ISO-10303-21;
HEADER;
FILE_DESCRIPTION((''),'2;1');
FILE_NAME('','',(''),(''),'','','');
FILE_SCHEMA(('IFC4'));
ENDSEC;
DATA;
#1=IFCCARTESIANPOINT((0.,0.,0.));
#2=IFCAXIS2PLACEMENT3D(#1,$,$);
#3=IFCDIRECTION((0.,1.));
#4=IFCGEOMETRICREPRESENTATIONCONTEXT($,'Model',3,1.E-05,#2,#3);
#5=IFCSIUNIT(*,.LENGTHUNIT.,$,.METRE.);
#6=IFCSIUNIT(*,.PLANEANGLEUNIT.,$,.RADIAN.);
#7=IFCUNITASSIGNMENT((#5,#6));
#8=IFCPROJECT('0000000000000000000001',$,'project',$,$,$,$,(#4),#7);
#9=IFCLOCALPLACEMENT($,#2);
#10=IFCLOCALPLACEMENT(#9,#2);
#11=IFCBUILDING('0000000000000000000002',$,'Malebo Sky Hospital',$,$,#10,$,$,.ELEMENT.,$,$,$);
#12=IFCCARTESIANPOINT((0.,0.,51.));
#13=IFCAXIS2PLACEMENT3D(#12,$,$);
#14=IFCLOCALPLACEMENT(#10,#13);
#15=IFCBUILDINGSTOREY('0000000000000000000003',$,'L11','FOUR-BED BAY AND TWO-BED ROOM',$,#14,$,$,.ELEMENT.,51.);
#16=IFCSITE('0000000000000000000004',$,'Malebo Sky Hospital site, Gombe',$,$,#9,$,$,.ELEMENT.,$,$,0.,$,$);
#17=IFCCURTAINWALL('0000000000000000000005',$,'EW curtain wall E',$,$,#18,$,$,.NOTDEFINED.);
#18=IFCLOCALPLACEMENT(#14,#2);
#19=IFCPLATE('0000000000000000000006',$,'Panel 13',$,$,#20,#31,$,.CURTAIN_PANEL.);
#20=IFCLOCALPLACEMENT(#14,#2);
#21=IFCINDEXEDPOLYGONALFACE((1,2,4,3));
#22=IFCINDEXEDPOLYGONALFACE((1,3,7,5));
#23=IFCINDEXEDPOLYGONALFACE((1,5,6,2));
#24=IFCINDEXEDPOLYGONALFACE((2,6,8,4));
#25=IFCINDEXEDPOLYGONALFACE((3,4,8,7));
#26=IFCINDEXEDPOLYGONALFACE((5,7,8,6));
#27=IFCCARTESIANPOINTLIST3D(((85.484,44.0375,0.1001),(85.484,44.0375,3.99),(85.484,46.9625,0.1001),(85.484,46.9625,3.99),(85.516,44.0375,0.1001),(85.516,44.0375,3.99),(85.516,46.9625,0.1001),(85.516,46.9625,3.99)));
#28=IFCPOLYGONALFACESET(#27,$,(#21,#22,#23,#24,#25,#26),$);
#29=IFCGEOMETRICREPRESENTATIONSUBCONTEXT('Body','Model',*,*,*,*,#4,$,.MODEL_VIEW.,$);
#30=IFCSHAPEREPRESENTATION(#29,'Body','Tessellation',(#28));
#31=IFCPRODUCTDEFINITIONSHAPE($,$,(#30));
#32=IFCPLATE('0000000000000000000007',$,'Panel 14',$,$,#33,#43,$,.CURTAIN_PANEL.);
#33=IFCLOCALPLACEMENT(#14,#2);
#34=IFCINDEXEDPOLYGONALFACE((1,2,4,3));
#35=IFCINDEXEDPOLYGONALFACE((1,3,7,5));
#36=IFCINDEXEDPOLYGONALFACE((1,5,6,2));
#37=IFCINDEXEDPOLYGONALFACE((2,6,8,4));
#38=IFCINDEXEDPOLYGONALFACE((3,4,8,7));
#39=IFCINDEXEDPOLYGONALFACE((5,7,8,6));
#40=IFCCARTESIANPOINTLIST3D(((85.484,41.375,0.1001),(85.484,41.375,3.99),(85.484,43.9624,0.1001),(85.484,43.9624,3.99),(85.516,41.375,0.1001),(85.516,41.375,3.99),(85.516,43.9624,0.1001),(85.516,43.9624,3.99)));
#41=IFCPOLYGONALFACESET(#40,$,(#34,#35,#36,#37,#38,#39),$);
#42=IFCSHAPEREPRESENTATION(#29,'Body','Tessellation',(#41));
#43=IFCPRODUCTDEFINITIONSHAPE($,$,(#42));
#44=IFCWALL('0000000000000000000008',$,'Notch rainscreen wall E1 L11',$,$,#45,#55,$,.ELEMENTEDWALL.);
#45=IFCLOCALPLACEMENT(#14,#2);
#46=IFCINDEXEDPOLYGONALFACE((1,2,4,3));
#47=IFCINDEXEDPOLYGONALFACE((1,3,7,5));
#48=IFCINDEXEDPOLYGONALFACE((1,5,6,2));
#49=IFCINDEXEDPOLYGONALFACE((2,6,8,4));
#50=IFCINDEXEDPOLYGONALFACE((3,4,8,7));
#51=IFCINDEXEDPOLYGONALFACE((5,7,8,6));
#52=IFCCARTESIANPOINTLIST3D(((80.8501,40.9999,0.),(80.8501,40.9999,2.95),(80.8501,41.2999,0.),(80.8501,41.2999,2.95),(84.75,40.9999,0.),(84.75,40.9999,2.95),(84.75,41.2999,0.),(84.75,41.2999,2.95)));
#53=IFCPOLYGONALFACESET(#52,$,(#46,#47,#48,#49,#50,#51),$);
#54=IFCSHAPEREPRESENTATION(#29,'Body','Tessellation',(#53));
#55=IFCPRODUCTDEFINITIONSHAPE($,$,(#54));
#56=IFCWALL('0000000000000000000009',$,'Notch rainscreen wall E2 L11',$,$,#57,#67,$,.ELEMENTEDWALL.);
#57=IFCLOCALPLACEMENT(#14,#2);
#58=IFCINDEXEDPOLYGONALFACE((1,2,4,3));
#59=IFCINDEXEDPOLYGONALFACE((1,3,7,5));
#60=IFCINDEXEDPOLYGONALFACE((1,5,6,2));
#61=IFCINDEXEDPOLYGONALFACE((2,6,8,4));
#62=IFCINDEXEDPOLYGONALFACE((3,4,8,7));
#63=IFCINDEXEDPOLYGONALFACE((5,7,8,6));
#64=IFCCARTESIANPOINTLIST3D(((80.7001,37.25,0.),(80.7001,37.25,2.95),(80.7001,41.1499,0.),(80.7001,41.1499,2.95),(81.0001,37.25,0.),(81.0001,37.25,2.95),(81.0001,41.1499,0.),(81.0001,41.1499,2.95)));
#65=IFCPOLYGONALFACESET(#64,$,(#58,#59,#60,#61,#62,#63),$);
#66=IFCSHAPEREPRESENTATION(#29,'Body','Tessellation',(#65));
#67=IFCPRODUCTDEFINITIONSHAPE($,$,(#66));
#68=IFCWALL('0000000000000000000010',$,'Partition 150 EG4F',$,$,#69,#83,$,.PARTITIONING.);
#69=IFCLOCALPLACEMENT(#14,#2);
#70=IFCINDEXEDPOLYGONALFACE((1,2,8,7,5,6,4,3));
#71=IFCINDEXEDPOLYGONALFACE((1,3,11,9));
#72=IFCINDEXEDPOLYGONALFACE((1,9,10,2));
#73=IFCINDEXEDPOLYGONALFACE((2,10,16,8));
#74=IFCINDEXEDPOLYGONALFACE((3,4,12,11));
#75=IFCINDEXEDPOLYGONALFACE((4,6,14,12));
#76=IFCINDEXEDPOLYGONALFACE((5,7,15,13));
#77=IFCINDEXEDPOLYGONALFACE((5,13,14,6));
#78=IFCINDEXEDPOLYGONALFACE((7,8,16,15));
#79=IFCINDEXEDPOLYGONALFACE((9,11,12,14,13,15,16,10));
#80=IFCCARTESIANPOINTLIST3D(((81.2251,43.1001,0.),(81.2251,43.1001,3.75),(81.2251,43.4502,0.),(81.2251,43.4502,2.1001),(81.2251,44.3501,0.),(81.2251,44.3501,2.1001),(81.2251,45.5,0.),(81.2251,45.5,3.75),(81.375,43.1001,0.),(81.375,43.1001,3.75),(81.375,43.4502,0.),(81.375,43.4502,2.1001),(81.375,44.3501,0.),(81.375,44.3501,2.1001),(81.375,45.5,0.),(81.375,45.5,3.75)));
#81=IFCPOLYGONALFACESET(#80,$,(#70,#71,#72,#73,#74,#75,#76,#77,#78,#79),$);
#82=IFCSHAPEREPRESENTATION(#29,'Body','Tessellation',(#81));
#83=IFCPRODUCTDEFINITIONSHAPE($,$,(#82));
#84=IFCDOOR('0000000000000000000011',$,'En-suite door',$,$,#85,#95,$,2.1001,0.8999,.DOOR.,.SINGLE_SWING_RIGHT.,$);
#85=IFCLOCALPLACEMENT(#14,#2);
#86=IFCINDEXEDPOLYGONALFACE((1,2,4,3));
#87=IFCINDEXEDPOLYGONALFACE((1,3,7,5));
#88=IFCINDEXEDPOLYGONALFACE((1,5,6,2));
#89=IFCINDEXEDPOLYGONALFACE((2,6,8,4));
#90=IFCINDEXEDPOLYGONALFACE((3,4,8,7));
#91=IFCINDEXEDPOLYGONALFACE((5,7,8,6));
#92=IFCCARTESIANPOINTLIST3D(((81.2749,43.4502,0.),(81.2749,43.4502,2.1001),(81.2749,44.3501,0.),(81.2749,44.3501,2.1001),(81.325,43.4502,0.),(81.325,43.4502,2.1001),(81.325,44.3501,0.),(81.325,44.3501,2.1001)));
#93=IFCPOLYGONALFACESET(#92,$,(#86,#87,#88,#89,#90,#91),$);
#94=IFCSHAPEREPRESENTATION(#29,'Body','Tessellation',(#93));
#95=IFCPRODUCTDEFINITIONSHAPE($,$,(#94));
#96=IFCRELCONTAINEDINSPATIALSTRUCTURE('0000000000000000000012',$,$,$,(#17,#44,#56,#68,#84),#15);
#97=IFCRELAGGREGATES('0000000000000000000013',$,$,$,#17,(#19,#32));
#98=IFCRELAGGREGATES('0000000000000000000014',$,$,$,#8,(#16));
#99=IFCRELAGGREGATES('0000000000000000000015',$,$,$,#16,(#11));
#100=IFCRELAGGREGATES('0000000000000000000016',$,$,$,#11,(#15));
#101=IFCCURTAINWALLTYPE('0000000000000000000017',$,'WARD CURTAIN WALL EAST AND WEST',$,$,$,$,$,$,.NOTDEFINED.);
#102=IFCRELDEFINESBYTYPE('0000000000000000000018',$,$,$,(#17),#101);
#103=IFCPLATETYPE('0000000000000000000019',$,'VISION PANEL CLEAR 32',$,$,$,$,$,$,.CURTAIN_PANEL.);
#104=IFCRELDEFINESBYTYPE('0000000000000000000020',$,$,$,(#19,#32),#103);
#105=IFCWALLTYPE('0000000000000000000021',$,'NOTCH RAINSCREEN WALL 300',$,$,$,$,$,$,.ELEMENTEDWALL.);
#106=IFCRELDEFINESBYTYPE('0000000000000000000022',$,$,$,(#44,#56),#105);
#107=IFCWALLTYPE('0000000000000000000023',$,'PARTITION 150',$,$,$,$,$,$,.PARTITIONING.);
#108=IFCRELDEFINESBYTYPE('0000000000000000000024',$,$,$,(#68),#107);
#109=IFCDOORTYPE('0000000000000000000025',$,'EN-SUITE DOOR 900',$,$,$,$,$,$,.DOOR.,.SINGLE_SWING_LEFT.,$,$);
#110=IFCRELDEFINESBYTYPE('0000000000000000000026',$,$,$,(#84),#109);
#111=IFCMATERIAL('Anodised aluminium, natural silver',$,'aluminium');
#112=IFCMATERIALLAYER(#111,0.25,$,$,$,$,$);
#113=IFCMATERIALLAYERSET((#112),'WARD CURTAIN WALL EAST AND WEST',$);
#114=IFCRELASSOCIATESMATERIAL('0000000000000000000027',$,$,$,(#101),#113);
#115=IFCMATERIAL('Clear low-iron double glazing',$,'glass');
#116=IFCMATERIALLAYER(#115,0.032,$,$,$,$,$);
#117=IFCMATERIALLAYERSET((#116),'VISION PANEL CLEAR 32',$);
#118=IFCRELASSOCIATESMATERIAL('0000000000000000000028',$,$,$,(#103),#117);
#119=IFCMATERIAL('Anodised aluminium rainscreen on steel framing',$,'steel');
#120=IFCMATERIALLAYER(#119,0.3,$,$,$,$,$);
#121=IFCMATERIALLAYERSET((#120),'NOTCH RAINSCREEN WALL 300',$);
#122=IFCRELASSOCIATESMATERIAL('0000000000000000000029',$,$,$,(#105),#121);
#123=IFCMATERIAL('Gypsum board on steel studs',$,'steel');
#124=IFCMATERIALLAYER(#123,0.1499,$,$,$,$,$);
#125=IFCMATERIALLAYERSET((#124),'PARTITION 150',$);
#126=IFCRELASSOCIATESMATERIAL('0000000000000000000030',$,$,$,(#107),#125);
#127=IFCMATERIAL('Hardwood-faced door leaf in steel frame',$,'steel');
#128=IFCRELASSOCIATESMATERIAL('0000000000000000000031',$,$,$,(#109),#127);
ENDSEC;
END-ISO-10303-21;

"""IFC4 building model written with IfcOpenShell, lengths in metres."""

from ifc_helpers import new_model, si_unit, direction, frame, frame_2d, origin, origin_2d, place, context, subcontext, project, spatial, rectangle, extrude, material, layer, layer_set, type_object, element, fill, aggregate, save


model = new_model("IFC4")

# Units and contexts
model_context = context("Model", 3, precision=1e-05, world=origin(), true_north=direction((0.0, 1.0)))
body_context = subcontext(model_context, "Body", "Model", "MODEL_VIEW")
ifc_project = project(units=[si_unit("LENGTHUNIT", "METRE"), si_unit("PLANEANGLEUNIT", "RADIAN")], contexts=[model_context])

# Site, building, storey
site_placement = place(None, origin())
site = spatial("IfcSite", under=ifc_project, at=site_placement, Name="Malebo Sky Hospital site, Gombe", CompositionType="ELEMENT", RefElevation=0.0)
building_placement = place(site_placement, origin())
building = spatial("IfcBuilding", under=site, at=building_placement, Name="Malebo Sky Hospital", CompositionType="ELEMENT")
storey_placement = place(building_placement, frame((0.0, 0.0, 51.0)))
storey = spatial("IfcBuildingStorey", under=building, at=storey_placement, Name="L11", Description="FOUR-BED BAY AND TWO-BED ROOM", CompositionType="ELEMENT", Elevation=51.0)

# Curtain wall
ifc_material_1 = material(Name="Anodised aluminium, natural silver", Category="aluminium")
ifc_layer_1 = layer(ifc_material_1, 0.25)
ifc_layer_set_1 = layer_set([ifc_layer_1], Name="WARD CURTAIN WALL EAST AND WEST")
curtain_wall_type = type_object("IfcCurtainWallType", Name="WARD CURTAIN WALL EAST AND WEST", PredefinedType="NOTDEFINED", material=ifc_layer_set_1)
curtain_wall_placement = place(storey_placement, origin())
curtain_wall = element("IfcCurtainWall", 1, at=curtain_wall_placement, inside=storey, type_object=curtain_wall_type, Name="EW curtain wall E", PredefinedType="NOTDEFINED")

# Plates
ifc_material_2 = material(Name="Clear low-iron double glazing", Category="glass")
ifc_layer_2 = layer(ifc_material_2, 0.032)
ifc_layer_set_2 = layer_set([ifc_layer_2], Name="VISION PANEL CLEAR 32")
plate_type = type_object("IfcPlateType", Name="VISION PANEL CLEAR 32", PredefinedType="CURTAIN_PANEL", material=ifc_layer_set_2)
plate_1_placement = place(storey_placement, frame((85.5, 45.5, 0.1001), z_axis=(0.0, 0.0, 1.0), x_axis=(0.0, -1.0, 0.0)))
plate_1 = element("IfcPlate", 2, at=plate_1_placement, type_object=plate_type, Name="Panel 13", PredefinedType="CURTAIN_PANEL", context=body_context, shape_type="SweptSolid", body=[
    extrude(rectangle(XDim=2.925, YDim=0.032, at=origin_2d()), origin(), (0.0, 0.0, 1.0), 3.8899),
])
plate_2_placement = place(storey_placement, frame((85.5, 42.6687, 0.1001), z_axis=(0.0, 0.0, 1.0), x_axis=(0.0, -1.0, 0.0)))
plate_2 = element("IfcPlate", 3, at=plate_2_placement, type_object=plate_type, Name="Panel 14", PredefinedType="CURTAIN_PANEL", context=body_context, shape_type="SweptSolid", body=[
    extrude(rectangle(XDim=2.5874, YDim=0.032, at=origin_2d()), origin(), (0.0, 0.0, 1.0), 3.8899),
])
aggregate(curtain_wall, [plate_1, plate_2])

# Walls
ifc_material_3 = material(Name="Anodised aluminium rainscreen on steel framing", Category="steel")
ifc_layer_3 = layer(ifc_material_3, 0.3)
ifc_layer_set_3 = layer_set([ifc_layer_3], Name="NOTCH RAINSCREEN WALL 300")
wall_type_1 = type_object("IfcWallType", Name="NOTCH RAINSCREEN WALL 300", PredefinedType="ELEMENTEDWALL", material=ifc_layer_set_3)
for number, where, z_axis, x_axis, name in (
    (4, (84.75, 41.1499, 0.0), (0.0, 0.0, 1.0), (-1.0, 0.0, 0.0), "Notch rainscreen wall E1 L11"),
    (5, (80.8501, 41.1499, 0.0), (0.0, 0.0, 1.0), (0.0, -1.0, 0.0), "Notch rainscreen wall E2 L11"),
):
    element("IfcWall", number, at=place(storey_placement, frame(where, z_axis=z_axis, x_axis=x_axis)), inside=storey, type_object=wall_type_1, Name=name, PredefinedType="ELEMENTEDWALL", context=body_context, shape_type="SweptSolid", body=[
        extrude(rectangle(XDim=3.8999, YDim=0.3, at=frame_2d((1.95, 0.0))), origin(), (0.0, 0.0, 1.0), 2.95),
    ])

# Wall, opening, door
ifc_material_4 = material(Name="Gypsum board on steel studs", Category="steel")
ifc_layer_4 = layer(ifc_material_4, 0.1499)
ifc_layer_set_4 = layer_set([ifc_layer_4], Name="PARTITION 150")
wall_type_2 = type_object("IfcWallType", Name="PARTITION 150", PredefinedType="PARTITIONING", material=ifc_layer_set_4)
wall_placement = place(storey_placement, frame((81.3, 45.5, 0.0), z_axis=(0.0, 0.0, 1.0), x_axis=(0.0, -1.0, 0.0)))
wall = element("IfcWall", 6, at=wall_placement, inside=storey, type_object=wall_type_2, Name="Partition 150 EG4F", PredefinedType="PARTITIONING", context=body_context, shape_type="SweptSolid", body=[
    extrude(rectangle(XDim=2.3999, YDim=0.1499, at=frame_2d((1.2, 0.0))), origin(), (0.0, 0.0, 1.0), 3.75),
])
opening_placement = place(wall_placement, frame((1.1499, 0.0, 0.0)))
opening = element("IfcOpeningElement", 7, at=opening_placement, cuts=wall, PredefinedType="OPENING", context=body_context, shape_type="SweptSolid", body=[
    extrude(rectangle(XDim=0.8999, YDim=2.1001, at=frame_2d((0.45, 1.05))), frame((0.0, 0.085, 0.0), z_axis=(0.0, -1.0, 0.0), x_axis=(1.0, 0.0, 0.0)), (0.0, 0.0, 1.0), 0.1699),
])
ifc_material_5 = material(Name="Hardwood-faced door leaf in steel frame", Category="steel")
door_type = type_object("IfcDoorType", Name="EN-SUITE DOOR 900", OperationType="SINGLE_SWING_LEFT", PredefinedType="DOOR", material=ifc_material_5)
door_placement = place(opening_placement, origin())
door = element("IfcDoor", 8, at=door_placement, inside=storey, type_object=door_type, Name="En-suite door", OperationType="SINGLE_SWING_RIGHT", OverallHeight=2.1001, OverallWidth=0.8999, PredefinedType="DOOR", context=body_context, shape_type="SweptSolid", body=[
    extrude(rectangle(XDim=0.8999, YDim=2.1001, at=frame_2d((0.45, 1.05))), frame((0.0, 0.0249, 0.0), z_axis=(0.0, -1.0, 0.0), x_axis=(1.0, 0.0, 0.0)), (0.0, 0.0, 1.0), 0.05),
])
fill(opening, door)

save(model, "model.ifc")
